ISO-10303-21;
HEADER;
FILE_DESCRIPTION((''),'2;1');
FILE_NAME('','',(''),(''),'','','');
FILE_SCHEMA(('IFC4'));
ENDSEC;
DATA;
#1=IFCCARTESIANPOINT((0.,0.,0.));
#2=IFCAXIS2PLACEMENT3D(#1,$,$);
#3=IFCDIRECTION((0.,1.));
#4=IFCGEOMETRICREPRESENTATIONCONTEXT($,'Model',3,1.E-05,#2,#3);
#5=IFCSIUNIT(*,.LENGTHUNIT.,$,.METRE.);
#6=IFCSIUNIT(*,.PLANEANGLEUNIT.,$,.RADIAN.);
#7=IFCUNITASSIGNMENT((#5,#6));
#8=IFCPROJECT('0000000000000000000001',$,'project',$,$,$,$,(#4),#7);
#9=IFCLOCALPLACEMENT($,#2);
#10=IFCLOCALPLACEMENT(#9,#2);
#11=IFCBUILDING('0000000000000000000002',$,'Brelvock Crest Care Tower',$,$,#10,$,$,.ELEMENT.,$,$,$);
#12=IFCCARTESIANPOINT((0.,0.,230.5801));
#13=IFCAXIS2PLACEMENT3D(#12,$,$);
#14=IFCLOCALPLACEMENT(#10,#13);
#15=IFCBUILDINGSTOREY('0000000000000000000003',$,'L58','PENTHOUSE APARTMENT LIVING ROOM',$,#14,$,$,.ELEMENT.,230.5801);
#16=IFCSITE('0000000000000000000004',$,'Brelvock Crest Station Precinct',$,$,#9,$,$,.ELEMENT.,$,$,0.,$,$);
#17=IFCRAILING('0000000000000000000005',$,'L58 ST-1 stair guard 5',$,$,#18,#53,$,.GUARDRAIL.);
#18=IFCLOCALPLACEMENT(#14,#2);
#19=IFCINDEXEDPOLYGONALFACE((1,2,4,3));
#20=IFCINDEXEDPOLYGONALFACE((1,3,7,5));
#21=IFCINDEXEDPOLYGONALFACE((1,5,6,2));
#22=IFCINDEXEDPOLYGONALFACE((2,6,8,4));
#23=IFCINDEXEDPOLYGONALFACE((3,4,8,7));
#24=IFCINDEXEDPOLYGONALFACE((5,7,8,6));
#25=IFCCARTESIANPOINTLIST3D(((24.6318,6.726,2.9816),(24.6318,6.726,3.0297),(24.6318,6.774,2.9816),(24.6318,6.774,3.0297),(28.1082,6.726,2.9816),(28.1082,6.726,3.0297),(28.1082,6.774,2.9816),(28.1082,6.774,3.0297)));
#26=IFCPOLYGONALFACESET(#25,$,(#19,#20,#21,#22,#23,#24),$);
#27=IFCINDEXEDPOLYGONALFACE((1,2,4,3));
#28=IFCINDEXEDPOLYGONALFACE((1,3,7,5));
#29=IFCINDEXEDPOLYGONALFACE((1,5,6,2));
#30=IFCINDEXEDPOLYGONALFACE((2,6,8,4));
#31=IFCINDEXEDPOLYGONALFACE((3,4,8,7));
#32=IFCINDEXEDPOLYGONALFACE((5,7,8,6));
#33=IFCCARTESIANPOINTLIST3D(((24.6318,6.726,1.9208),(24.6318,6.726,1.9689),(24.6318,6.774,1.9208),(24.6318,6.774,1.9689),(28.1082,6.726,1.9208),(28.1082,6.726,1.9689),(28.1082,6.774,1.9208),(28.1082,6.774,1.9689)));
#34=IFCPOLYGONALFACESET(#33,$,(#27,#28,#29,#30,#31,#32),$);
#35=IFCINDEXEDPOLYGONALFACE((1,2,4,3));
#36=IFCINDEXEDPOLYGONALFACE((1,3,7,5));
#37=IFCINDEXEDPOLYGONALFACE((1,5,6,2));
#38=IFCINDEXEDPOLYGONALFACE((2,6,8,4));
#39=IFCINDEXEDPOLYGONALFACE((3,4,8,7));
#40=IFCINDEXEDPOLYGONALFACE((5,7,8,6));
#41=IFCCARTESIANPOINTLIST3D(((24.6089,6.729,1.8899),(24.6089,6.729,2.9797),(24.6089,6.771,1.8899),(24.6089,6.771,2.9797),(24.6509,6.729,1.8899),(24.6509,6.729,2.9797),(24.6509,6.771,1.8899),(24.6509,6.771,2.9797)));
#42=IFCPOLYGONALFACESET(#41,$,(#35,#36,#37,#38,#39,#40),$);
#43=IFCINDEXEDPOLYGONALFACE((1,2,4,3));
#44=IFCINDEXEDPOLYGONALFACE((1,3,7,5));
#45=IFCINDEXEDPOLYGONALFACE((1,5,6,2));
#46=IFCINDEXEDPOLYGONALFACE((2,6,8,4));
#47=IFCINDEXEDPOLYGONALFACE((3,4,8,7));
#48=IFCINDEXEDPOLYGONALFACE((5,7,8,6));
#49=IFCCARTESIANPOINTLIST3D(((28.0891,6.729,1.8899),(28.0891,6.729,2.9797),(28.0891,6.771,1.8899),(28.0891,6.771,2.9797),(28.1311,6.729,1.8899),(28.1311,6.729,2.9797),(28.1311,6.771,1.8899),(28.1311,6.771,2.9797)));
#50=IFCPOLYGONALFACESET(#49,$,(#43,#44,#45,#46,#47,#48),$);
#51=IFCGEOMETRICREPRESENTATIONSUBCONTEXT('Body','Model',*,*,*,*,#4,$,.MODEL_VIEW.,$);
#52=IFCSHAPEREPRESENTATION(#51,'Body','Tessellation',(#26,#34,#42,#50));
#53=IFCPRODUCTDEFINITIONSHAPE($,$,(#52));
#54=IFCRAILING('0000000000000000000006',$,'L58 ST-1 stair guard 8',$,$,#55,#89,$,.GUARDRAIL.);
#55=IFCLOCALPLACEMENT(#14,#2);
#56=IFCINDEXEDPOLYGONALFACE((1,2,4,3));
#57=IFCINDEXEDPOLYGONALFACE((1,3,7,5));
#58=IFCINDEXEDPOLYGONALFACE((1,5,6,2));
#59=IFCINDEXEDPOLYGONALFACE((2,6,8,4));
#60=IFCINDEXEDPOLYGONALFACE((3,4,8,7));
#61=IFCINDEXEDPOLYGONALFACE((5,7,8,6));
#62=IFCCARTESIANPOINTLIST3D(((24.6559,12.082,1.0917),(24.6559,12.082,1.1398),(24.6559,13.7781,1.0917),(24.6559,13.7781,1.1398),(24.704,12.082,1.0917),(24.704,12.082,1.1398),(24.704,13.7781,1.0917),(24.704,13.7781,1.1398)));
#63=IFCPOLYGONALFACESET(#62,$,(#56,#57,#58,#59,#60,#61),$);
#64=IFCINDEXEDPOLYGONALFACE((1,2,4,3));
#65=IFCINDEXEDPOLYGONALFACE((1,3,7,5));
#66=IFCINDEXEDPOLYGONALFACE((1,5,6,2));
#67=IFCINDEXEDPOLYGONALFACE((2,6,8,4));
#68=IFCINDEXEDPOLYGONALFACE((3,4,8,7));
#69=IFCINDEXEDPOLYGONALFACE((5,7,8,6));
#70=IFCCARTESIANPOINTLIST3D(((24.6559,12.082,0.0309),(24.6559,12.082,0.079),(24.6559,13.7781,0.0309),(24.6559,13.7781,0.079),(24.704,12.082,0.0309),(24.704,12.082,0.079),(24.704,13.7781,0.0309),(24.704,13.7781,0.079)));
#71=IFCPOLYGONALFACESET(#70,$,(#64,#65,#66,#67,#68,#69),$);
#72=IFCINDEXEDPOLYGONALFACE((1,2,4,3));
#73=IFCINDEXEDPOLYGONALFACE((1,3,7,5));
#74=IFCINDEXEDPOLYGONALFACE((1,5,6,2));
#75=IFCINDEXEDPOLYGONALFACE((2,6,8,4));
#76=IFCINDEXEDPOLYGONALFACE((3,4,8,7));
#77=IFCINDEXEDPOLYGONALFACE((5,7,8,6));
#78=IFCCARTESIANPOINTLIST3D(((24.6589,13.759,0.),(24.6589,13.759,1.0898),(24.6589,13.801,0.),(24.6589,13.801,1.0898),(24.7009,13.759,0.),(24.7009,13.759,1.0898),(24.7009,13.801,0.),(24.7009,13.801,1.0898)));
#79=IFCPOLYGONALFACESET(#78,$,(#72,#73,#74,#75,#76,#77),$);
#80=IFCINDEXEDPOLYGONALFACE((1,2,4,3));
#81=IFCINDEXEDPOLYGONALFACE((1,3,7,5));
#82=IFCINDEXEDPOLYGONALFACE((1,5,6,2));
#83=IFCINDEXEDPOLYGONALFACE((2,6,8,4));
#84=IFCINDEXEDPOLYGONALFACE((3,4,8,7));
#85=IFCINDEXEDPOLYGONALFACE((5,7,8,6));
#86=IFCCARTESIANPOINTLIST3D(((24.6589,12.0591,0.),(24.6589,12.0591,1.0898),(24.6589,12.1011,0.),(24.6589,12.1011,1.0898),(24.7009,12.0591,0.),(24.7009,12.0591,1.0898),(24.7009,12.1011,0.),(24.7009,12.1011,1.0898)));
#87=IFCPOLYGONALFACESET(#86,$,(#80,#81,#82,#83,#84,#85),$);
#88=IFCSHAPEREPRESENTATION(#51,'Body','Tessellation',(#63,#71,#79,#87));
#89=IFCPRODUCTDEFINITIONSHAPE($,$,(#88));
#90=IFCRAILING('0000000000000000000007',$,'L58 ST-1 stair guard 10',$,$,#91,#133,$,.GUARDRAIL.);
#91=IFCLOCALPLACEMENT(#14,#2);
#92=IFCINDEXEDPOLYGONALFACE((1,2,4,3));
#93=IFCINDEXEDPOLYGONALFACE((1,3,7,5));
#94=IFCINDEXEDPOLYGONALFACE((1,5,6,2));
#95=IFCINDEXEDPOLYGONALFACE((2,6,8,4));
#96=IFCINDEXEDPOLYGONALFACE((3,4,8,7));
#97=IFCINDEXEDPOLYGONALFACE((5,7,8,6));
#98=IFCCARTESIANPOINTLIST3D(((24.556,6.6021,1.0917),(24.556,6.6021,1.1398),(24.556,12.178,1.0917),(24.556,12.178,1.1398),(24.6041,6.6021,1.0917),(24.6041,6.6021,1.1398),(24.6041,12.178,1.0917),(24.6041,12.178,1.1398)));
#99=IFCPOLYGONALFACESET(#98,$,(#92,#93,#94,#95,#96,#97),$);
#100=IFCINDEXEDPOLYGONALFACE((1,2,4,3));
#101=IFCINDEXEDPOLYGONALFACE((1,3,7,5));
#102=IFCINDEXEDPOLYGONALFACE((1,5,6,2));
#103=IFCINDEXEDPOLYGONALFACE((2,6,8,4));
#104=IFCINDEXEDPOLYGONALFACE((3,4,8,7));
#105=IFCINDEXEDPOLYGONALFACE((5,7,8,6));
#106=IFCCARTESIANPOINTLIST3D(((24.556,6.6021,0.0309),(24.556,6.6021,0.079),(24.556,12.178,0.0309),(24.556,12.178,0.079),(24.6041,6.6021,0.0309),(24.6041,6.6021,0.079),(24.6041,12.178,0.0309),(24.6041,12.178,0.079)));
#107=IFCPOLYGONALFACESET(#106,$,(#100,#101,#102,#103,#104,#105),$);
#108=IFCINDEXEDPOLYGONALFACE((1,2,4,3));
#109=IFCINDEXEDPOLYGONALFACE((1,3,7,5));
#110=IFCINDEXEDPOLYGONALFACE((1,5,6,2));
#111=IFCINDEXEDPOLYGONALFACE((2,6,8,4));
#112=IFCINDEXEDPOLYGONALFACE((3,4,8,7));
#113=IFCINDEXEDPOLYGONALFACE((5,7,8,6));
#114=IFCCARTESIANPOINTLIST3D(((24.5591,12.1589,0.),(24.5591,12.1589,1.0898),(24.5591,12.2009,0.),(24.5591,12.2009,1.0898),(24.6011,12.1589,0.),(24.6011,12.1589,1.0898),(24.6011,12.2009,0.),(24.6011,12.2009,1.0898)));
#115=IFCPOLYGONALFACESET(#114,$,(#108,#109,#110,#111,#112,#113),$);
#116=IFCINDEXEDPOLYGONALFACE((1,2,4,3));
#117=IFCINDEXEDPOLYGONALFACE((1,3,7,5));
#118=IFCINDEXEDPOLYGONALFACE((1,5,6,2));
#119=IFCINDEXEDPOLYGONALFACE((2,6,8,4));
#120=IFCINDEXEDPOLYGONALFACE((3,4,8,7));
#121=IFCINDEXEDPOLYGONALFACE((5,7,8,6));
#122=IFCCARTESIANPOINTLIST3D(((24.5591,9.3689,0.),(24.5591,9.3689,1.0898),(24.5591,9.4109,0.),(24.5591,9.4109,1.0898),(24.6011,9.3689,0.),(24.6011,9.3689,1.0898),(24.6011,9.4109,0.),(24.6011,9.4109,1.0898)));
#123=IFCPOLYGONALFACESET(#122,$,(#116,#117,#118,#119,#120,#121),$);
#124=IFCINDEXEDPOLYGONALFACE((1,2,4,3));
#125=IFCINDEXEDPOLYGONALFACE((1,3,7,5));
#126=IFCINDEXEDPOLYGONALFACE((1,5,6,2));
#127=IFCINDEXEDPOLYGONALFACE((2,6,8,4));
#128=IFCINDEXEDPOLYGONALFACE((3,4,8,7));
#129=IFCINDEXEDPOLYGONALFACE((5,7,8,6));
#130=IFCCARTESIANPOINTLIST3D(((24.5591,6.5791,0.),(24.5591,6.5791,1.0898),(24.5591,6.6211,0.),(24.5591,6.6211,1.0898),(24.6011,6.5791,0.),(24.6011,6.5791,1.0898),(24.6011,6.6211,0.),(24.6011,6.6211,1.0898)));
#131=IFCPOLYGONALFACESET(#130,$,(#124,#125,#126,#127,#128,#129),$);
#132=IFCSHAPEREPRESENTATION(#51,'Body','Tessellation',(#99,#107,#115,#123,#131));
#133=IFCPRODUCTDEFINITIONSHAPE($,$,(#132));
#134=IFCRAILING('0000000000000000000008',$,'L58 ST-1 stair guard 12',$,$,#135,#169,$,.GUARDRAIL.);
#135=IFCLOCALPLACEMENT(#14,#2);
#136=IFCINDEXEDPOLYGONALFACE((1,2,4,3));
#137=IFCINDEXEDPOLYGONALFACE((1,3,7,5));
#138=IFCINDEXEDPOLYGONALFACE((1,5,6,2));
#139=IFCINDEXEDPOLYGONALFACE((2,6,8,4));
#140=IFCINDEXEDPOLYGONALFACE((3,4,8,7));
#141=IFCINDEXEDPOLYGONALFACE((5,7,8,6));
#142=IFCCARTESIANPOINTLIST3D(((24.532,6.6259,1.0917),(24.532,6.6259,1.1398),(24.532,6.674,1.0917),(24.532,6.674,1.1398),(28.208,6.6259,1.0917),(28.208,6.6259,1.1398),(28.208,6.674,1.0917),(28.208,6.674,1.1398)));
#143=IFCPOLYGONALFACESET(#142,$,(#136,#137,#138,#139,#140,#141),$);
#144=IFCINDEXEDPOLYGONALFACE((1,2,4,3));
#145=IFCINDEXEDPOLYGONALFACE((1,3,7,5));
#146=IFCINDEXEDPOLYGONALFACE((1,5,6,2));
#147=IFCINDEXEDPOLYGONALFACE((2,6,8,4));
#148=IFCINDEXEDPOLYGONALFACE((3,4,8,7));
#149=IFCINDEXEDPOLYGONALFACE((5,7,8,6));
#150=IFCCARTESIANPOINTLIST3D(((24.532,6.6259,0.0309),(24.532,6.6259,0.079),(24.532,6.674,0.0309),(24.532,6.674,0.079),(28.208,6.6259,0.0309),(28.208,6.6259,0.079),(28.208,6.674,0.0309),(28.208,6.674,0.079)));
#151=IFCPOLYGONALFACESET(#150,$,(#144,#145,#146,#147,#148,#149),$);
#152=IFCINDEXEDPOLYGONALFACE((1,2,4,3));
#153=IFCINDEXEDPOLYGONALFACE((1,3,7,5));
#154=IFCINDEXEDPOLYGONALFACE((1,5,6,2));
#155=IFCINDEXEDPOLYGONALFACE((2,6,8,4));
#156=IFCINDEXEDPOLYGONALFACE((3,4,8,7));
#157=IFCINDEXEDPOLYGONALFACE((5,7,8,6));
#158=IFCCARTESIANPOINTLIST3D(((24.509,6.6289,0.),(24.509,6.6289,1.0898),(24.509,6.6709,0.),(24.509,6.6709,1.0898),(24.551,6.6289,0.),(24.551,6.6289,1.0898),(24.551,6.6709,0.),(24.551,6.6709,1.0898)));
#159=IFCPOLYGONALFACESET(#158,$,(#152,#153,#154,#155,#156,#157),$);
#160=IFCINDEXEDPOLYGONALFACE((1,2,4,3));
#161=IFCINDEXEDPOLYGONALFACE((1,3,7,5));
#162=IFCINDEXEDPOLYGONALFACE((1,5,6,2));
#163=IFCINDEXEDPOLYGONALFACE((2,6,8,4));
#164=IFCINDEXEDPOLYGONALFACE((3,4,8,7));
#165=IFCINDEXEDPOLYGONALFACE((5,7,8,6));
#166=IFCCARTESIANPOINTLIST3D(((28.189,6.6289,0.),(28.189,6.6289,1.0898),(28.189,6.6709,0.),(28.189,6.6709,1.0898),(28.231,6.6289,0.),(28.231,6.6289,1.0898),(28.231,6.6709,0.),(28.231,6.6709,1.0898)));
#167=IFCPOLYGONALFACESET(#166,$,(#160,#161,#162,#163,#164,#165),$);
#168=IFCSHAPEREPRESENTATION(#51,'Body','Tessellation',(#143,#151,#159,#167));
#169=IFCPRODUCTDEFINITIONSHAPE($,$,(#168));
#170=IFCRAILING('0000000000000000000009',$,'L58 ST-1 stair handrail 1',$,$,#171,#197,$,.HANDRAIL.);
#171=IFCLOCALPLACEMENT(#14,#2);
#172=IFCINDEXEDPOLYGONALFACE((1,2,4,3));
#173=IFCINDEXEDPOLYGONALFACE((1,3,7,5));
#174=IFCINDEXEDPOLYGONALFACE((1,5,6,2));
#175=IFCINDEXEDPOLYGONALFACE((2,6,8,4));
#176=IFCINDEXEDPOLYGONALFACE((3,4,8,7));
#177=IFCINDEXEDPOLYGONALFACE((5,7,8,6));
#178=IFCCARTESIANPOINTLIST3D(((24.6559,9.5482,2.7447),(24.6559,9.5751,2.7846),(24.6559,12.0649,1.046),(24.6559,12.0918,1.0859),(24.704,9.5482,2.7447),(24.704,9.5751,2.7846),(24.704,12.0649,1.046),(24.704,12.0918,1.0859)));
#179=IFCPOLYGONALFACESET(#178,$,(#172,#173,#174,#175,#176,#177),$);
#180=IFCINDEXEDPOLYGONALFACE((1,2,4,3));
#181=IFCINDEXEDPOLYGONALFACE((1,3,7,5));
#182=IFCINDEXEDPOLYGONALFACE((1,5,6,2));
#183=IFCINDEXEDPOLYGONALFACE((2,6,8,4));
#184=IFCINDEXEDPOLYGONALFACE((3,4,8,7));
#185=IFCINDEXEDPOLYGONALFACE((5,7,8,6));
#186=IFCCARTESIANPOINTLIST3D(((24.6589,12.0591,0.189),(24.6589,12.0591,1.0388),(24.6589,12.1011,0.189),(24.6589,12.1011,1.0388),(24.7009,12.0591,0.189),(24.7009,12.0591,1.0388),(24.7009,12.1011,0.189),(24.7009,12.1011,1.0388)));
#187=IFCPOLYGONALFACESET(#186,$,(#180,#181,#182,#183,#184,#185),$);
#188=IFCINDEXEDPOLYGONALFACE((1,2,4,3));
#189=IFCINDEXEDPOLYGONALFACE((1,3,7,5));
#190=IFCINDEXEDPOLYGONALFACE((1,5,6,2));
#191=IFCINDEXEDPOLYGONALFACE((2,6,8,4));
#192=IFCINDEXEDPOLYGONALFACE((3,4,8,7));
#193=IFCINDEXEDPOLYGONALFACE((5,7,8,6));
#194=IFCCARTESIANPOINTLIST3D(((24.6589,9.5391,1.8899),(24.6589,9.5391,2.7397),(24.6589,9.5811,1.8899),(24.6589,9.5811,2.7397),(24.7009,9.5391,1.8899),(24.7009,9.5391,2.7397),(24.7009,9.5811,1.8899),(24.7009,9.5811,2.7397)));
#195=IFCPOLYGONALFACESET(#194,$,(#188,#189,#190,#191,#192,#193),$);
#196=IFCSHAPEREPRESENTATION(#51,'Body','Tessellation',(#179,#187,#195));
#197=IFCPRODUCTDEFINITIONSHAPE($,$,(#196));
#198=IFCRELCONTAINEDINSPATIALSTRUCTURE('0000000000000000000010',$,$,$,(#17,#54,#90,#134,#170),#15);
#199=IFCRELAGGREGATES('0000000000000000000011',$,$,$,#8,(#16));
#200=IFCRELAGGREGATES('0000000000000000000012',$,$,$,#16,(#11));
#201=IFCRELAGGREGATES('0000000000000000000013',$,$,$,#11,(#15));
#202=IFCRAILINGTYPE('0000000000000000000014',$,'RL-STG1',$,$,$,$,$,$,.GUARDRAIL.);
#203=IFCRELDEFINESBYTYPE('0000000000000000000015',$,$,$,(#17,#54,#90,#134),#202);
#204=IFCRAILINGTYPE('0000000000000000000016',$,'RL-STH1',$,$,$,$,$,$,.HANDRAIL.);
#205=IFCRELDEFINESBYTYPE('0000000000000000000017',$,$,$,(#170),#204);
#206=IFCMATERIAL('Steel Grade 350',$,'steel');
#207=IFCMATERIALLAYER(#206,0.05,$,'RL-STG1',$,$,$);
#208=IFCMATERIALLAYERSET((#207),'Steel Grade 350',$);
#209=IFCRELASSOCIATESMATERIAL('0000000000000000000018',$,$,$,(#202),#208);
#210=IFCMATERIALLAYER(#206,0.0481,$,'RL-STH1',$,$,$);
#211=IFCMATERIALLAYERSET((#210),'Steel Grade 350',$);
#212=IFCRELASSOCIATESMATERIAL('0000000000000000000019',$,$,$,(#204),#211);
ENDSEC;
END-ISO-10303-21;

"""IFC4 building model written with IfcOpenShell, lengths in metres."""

from ifc_helpers import new_model, si_unit, direction, frame, origin, origin_2d, place, context, subcontext, project, spatial, rectangle, extrude, material, layer, layer_set, type_object, element, save


model = new_model("IFC4")

# Units and contexts
model_context = context("Model", 3, precision=1e-05, world=origin(), true_north=direction((0.0, 1.0)))
body_context = subcontext(model_context, "Body", "Model", "MODEL_VIEW")
ifc_project = project(units=[si_unit("LENGTHUNIT", "METRE"), si_unit("PLANEANGLEUNIT", "RADIAN")], contexts=[model_context])

# Site, building, storey
site_placement = place(None, origin())
site = spatial("IfcSite", under=ifc_project, at=site_placement, Name="Brelvock Crest Station Precinct", CompositionType="ELEMENT", RefElevation=0.0)
building_placement = place(site_placement, origin())
building = spatial("IfcBuilding", under=site, at=building_placement, Name="Brelvock Crest Care Tower", CompositionType="ELEMENT")
storey_placement = place(building_placement, frame((0.0, 0.0, 230.5801)))
storey = spatial("IfcBuildingStorey", under=building, at=storey_placement, Name="L58", Description="PENTHOUSE APARTMENT LIVING ROOM", CompositionType="ELEMENT", Elevation=230.5801)

# Shared definitions
ifc_material_1 = material(Name="Steel Grade 350", Category="steel")

# Railings
ifc_layer_1 = layer(ifc_material_1, 0.05, Name="RL-STG1")
ifc_layer_set_1 = layer_set([ifc_layer_1], Name="Steel Grade 350")
railing_type_1 = type_object("IfcRailingType", Name="RL-STG1", PredefinedType="GUARDRAIL", material=ifc_layer_set_1)
railing_1_placement = place(storey_placement, frame((24.6299, 6.75, 1.8899)))
element("IfcRailing", 1, at=railing_1_placement, inside=storey, type_object=railing_type_1, Name="L58 ST-1 stair guard 5", PredefinedType="GUARDRAIL", context=body_context, shape_type="SweptSolid", body=[
    extrude(rectangle(XDim=0.0481, YDim=0.0481, at=origin_2d()), frame((0.002, 0.0, 1.1157), z_axis=(1.0, 0.0, 0.0), x_axis=(0.0, 1.0, 0.0)), (0.0, 0.0, 1.0), 3.4763),
    extrude(rectangle(XDim=0.0481, YDim=0.0481, at=origin_2d()), frame((0.002, 0.0, 0.0549), z_axis=(1.0, 0.0, 0.0), x_axis=(0.0, 1.0, 0.0)), (0.0, 0.0, 1.0), 3.4763),
    extrude(rectangle(XDim=0.042, YDim=0.042, at=origin_2d()), origin(), (0.0, 0.0, 1.0), 1.0898),
    extrude(rectangle(XDim=0.042, YDim=0.042, at=origin_2d()), frame((3.4802, 0.0, 0.0)), (0.0, 0.0, 1.0), 1.0898),
])
railing_2_placement = place(storey_placement, frame((24.6799, 13.78, 0.0)))
element("IfcRailing", 2, at=railing_2_placement, inside=storey, type_object=railing_type_1, Name="L58 ST-1 stair guard 8", PredefinedType="GUARDRAIL", context=body_context, shape_type="SweptSolid", body=[
    extrude(rectangle(XDim=0.0481, YDim=0.0481, at=origin_2d()), frame((0.0, -0.002, 1.1157), z_axis=(0.0, -1.0, 0.0), x_axis=(1.0, 0.0, 0.0)), (0.0, 0.0, 1.0), 1.696),
    extrude(rectangle(XDim=0.0481, YDim=0.0481, at=origin_2d()), frame((0.0, -0.002, 0.0549), z_axis=(0.0, -1.0, 0.0), x_axis=(1.0, 0.0, 0.0)), (0.0, 0.0, 1.0), 1.696),
    extrude(rectangle(XDim=0.042, YDim=0.042, at=origin_2d()), origin(), (0.0, 0.0, 1.0), 1.0898),
    extrude(rectangle(XDim=0.042, YDim=0.042, at=origin_2d()), frame((0.0, -1.7, 0.0)), (0.0, 0.0, 1.0), 1.0898),
])
railing_3_placement = place(storey_placement, frame((24.5801, 12.1799, 0.0)))
element("IfcRailing", 3, at=railing_3_placement, inside=storey, type_object=railing_type_1, Name="L58 ST-1 stair guard 10", PredefinedType="GUARDRAIL", context=body_context, shape_type="SweptSolid", body=[
    extrude(rectangle(XDim=0.0481, YDim=0.0481, at=origin_2d()), frame((0.0, -0.002, 1.1157), z_axis=(0.0, -1.0, 0.0), x_axis=(1.0, 0.0, 0.0)), (0.0, 0.0, 1.0), 5.5759),
    extrude(rectangle(XDim=0.0481, YDim=0.0481, at=origin_2d()), frame((0.0, -0.002, 0.0549), z_axis=(0.0, -1.0, 0.0), x_axis=(1.0, 0.0, 0.0)), (0.0, 0.0, 1.0), 5.5759),
    extrude(rectangle(XDim=0.042, YDim=0.042, at=origin_2d()), origin(), (0.0, 0.0, 1.0), 1.0898),
    extrude(rectangle(XDim=0.042, YDim=0.042, at=origin_2d()), frame((0.0, -2.79, 0.0)), (0.0, 0.0, 1.0), 1.0898),
    extrude(rectangle(XDim=0.042, YDim=0.042, at=origin_2d()), frame((0.0, -5.5798, 0.0)), (0.0, 0.0, 1.0), 1.0898),
])
railing_4_placement = place(storey_placement, frame((24.53, 6.6499, 0.0)))
element("IfcRailing", 4, at=railing_4_placement, inside=storey, type_object=railing_type_1, Name="L58 ST-1 stair guard 12", PredefinedType="GUARDRAIL", context=body_context, shape_type="SweptSolid", body=[
    extrude(rectangle(XDim=0.0481, YDim=0.0481, at=origin_2d()), frame((0.002, 0.0, 1.1157), z_axis=(1.0, 0.0, 0.0), x_axis=(0.0, 1.0, 0.0)), (0.0, 0.0, 1.0), 3.676),
    extrude(rectangle(XDim=0.0481, YDim=0.0481, at=origin_2d()), frame((0.002, 0.0, 0.0549), z_axis=(1.0, 0.0, 0.0), x_axis=(0.0, 1.0, 0.0)), (0.0, 0.0, 1.0), 3.676),
    extrude(rectangle(XDim=0.042, YDim=0.042, at=origin_2d()), origin(), (0.0, 0.0, 1.0), 1.0898),
    extrude(rectangle(XDim=0.042, YDim=0.042, at=origin_2d()), frame((3.6799, 0.0, 0.0)), (0.0, 0.0, 1.0), 1.0898),
])
ifc_layer_2 = layer(ifc_material_1, 0.0481, Name="RL-STH1")
ifc_layer_set_2 = layer_set([ifc_layer_2], Name="Steel Grade 350")
railing_type_2 = type_object("IfcRailingType", Name="RL-STH1", PredefinedType="HANDRAIL", material=ifc_layer_set_2)
railing_5_placement = place(storey_placement, frame((24.6799, 12.0801, 0.189)))
element("IfcRailing", 5, at=railing_5_placement, inside=storey, type_object=railing_type_2, Name="L58 ST-1 stair handrail 1", PredefinedType="HANDRAIL", context=body_context, shape_type="SweptSolid", body=[
    extrude(rectangle(XDim=0.0481, YDim=0.0481, at=origin_2d()), frame((0.0, -0.0017, 0.877), z_axis=(0.0, -0.828862, 0.559454), x_axis=(1.0, 0.0, 0.0)), (0.0, 0.0, 1.0), 3.0364),
    extrude(rectangle(XDim=0.042, YDim=0.042, at=origin_2d()), origin(), (0.0, 0.0, 1.0), 0.8499),
    extrude(rectangle(XDim=0.042, YDim=0.042, at=origin_2d()), frame((0.0, -2.52, 1.7009)), (0.0, 0.0, 1.0), 0.8499),
])

save(model, "model.ifc")
